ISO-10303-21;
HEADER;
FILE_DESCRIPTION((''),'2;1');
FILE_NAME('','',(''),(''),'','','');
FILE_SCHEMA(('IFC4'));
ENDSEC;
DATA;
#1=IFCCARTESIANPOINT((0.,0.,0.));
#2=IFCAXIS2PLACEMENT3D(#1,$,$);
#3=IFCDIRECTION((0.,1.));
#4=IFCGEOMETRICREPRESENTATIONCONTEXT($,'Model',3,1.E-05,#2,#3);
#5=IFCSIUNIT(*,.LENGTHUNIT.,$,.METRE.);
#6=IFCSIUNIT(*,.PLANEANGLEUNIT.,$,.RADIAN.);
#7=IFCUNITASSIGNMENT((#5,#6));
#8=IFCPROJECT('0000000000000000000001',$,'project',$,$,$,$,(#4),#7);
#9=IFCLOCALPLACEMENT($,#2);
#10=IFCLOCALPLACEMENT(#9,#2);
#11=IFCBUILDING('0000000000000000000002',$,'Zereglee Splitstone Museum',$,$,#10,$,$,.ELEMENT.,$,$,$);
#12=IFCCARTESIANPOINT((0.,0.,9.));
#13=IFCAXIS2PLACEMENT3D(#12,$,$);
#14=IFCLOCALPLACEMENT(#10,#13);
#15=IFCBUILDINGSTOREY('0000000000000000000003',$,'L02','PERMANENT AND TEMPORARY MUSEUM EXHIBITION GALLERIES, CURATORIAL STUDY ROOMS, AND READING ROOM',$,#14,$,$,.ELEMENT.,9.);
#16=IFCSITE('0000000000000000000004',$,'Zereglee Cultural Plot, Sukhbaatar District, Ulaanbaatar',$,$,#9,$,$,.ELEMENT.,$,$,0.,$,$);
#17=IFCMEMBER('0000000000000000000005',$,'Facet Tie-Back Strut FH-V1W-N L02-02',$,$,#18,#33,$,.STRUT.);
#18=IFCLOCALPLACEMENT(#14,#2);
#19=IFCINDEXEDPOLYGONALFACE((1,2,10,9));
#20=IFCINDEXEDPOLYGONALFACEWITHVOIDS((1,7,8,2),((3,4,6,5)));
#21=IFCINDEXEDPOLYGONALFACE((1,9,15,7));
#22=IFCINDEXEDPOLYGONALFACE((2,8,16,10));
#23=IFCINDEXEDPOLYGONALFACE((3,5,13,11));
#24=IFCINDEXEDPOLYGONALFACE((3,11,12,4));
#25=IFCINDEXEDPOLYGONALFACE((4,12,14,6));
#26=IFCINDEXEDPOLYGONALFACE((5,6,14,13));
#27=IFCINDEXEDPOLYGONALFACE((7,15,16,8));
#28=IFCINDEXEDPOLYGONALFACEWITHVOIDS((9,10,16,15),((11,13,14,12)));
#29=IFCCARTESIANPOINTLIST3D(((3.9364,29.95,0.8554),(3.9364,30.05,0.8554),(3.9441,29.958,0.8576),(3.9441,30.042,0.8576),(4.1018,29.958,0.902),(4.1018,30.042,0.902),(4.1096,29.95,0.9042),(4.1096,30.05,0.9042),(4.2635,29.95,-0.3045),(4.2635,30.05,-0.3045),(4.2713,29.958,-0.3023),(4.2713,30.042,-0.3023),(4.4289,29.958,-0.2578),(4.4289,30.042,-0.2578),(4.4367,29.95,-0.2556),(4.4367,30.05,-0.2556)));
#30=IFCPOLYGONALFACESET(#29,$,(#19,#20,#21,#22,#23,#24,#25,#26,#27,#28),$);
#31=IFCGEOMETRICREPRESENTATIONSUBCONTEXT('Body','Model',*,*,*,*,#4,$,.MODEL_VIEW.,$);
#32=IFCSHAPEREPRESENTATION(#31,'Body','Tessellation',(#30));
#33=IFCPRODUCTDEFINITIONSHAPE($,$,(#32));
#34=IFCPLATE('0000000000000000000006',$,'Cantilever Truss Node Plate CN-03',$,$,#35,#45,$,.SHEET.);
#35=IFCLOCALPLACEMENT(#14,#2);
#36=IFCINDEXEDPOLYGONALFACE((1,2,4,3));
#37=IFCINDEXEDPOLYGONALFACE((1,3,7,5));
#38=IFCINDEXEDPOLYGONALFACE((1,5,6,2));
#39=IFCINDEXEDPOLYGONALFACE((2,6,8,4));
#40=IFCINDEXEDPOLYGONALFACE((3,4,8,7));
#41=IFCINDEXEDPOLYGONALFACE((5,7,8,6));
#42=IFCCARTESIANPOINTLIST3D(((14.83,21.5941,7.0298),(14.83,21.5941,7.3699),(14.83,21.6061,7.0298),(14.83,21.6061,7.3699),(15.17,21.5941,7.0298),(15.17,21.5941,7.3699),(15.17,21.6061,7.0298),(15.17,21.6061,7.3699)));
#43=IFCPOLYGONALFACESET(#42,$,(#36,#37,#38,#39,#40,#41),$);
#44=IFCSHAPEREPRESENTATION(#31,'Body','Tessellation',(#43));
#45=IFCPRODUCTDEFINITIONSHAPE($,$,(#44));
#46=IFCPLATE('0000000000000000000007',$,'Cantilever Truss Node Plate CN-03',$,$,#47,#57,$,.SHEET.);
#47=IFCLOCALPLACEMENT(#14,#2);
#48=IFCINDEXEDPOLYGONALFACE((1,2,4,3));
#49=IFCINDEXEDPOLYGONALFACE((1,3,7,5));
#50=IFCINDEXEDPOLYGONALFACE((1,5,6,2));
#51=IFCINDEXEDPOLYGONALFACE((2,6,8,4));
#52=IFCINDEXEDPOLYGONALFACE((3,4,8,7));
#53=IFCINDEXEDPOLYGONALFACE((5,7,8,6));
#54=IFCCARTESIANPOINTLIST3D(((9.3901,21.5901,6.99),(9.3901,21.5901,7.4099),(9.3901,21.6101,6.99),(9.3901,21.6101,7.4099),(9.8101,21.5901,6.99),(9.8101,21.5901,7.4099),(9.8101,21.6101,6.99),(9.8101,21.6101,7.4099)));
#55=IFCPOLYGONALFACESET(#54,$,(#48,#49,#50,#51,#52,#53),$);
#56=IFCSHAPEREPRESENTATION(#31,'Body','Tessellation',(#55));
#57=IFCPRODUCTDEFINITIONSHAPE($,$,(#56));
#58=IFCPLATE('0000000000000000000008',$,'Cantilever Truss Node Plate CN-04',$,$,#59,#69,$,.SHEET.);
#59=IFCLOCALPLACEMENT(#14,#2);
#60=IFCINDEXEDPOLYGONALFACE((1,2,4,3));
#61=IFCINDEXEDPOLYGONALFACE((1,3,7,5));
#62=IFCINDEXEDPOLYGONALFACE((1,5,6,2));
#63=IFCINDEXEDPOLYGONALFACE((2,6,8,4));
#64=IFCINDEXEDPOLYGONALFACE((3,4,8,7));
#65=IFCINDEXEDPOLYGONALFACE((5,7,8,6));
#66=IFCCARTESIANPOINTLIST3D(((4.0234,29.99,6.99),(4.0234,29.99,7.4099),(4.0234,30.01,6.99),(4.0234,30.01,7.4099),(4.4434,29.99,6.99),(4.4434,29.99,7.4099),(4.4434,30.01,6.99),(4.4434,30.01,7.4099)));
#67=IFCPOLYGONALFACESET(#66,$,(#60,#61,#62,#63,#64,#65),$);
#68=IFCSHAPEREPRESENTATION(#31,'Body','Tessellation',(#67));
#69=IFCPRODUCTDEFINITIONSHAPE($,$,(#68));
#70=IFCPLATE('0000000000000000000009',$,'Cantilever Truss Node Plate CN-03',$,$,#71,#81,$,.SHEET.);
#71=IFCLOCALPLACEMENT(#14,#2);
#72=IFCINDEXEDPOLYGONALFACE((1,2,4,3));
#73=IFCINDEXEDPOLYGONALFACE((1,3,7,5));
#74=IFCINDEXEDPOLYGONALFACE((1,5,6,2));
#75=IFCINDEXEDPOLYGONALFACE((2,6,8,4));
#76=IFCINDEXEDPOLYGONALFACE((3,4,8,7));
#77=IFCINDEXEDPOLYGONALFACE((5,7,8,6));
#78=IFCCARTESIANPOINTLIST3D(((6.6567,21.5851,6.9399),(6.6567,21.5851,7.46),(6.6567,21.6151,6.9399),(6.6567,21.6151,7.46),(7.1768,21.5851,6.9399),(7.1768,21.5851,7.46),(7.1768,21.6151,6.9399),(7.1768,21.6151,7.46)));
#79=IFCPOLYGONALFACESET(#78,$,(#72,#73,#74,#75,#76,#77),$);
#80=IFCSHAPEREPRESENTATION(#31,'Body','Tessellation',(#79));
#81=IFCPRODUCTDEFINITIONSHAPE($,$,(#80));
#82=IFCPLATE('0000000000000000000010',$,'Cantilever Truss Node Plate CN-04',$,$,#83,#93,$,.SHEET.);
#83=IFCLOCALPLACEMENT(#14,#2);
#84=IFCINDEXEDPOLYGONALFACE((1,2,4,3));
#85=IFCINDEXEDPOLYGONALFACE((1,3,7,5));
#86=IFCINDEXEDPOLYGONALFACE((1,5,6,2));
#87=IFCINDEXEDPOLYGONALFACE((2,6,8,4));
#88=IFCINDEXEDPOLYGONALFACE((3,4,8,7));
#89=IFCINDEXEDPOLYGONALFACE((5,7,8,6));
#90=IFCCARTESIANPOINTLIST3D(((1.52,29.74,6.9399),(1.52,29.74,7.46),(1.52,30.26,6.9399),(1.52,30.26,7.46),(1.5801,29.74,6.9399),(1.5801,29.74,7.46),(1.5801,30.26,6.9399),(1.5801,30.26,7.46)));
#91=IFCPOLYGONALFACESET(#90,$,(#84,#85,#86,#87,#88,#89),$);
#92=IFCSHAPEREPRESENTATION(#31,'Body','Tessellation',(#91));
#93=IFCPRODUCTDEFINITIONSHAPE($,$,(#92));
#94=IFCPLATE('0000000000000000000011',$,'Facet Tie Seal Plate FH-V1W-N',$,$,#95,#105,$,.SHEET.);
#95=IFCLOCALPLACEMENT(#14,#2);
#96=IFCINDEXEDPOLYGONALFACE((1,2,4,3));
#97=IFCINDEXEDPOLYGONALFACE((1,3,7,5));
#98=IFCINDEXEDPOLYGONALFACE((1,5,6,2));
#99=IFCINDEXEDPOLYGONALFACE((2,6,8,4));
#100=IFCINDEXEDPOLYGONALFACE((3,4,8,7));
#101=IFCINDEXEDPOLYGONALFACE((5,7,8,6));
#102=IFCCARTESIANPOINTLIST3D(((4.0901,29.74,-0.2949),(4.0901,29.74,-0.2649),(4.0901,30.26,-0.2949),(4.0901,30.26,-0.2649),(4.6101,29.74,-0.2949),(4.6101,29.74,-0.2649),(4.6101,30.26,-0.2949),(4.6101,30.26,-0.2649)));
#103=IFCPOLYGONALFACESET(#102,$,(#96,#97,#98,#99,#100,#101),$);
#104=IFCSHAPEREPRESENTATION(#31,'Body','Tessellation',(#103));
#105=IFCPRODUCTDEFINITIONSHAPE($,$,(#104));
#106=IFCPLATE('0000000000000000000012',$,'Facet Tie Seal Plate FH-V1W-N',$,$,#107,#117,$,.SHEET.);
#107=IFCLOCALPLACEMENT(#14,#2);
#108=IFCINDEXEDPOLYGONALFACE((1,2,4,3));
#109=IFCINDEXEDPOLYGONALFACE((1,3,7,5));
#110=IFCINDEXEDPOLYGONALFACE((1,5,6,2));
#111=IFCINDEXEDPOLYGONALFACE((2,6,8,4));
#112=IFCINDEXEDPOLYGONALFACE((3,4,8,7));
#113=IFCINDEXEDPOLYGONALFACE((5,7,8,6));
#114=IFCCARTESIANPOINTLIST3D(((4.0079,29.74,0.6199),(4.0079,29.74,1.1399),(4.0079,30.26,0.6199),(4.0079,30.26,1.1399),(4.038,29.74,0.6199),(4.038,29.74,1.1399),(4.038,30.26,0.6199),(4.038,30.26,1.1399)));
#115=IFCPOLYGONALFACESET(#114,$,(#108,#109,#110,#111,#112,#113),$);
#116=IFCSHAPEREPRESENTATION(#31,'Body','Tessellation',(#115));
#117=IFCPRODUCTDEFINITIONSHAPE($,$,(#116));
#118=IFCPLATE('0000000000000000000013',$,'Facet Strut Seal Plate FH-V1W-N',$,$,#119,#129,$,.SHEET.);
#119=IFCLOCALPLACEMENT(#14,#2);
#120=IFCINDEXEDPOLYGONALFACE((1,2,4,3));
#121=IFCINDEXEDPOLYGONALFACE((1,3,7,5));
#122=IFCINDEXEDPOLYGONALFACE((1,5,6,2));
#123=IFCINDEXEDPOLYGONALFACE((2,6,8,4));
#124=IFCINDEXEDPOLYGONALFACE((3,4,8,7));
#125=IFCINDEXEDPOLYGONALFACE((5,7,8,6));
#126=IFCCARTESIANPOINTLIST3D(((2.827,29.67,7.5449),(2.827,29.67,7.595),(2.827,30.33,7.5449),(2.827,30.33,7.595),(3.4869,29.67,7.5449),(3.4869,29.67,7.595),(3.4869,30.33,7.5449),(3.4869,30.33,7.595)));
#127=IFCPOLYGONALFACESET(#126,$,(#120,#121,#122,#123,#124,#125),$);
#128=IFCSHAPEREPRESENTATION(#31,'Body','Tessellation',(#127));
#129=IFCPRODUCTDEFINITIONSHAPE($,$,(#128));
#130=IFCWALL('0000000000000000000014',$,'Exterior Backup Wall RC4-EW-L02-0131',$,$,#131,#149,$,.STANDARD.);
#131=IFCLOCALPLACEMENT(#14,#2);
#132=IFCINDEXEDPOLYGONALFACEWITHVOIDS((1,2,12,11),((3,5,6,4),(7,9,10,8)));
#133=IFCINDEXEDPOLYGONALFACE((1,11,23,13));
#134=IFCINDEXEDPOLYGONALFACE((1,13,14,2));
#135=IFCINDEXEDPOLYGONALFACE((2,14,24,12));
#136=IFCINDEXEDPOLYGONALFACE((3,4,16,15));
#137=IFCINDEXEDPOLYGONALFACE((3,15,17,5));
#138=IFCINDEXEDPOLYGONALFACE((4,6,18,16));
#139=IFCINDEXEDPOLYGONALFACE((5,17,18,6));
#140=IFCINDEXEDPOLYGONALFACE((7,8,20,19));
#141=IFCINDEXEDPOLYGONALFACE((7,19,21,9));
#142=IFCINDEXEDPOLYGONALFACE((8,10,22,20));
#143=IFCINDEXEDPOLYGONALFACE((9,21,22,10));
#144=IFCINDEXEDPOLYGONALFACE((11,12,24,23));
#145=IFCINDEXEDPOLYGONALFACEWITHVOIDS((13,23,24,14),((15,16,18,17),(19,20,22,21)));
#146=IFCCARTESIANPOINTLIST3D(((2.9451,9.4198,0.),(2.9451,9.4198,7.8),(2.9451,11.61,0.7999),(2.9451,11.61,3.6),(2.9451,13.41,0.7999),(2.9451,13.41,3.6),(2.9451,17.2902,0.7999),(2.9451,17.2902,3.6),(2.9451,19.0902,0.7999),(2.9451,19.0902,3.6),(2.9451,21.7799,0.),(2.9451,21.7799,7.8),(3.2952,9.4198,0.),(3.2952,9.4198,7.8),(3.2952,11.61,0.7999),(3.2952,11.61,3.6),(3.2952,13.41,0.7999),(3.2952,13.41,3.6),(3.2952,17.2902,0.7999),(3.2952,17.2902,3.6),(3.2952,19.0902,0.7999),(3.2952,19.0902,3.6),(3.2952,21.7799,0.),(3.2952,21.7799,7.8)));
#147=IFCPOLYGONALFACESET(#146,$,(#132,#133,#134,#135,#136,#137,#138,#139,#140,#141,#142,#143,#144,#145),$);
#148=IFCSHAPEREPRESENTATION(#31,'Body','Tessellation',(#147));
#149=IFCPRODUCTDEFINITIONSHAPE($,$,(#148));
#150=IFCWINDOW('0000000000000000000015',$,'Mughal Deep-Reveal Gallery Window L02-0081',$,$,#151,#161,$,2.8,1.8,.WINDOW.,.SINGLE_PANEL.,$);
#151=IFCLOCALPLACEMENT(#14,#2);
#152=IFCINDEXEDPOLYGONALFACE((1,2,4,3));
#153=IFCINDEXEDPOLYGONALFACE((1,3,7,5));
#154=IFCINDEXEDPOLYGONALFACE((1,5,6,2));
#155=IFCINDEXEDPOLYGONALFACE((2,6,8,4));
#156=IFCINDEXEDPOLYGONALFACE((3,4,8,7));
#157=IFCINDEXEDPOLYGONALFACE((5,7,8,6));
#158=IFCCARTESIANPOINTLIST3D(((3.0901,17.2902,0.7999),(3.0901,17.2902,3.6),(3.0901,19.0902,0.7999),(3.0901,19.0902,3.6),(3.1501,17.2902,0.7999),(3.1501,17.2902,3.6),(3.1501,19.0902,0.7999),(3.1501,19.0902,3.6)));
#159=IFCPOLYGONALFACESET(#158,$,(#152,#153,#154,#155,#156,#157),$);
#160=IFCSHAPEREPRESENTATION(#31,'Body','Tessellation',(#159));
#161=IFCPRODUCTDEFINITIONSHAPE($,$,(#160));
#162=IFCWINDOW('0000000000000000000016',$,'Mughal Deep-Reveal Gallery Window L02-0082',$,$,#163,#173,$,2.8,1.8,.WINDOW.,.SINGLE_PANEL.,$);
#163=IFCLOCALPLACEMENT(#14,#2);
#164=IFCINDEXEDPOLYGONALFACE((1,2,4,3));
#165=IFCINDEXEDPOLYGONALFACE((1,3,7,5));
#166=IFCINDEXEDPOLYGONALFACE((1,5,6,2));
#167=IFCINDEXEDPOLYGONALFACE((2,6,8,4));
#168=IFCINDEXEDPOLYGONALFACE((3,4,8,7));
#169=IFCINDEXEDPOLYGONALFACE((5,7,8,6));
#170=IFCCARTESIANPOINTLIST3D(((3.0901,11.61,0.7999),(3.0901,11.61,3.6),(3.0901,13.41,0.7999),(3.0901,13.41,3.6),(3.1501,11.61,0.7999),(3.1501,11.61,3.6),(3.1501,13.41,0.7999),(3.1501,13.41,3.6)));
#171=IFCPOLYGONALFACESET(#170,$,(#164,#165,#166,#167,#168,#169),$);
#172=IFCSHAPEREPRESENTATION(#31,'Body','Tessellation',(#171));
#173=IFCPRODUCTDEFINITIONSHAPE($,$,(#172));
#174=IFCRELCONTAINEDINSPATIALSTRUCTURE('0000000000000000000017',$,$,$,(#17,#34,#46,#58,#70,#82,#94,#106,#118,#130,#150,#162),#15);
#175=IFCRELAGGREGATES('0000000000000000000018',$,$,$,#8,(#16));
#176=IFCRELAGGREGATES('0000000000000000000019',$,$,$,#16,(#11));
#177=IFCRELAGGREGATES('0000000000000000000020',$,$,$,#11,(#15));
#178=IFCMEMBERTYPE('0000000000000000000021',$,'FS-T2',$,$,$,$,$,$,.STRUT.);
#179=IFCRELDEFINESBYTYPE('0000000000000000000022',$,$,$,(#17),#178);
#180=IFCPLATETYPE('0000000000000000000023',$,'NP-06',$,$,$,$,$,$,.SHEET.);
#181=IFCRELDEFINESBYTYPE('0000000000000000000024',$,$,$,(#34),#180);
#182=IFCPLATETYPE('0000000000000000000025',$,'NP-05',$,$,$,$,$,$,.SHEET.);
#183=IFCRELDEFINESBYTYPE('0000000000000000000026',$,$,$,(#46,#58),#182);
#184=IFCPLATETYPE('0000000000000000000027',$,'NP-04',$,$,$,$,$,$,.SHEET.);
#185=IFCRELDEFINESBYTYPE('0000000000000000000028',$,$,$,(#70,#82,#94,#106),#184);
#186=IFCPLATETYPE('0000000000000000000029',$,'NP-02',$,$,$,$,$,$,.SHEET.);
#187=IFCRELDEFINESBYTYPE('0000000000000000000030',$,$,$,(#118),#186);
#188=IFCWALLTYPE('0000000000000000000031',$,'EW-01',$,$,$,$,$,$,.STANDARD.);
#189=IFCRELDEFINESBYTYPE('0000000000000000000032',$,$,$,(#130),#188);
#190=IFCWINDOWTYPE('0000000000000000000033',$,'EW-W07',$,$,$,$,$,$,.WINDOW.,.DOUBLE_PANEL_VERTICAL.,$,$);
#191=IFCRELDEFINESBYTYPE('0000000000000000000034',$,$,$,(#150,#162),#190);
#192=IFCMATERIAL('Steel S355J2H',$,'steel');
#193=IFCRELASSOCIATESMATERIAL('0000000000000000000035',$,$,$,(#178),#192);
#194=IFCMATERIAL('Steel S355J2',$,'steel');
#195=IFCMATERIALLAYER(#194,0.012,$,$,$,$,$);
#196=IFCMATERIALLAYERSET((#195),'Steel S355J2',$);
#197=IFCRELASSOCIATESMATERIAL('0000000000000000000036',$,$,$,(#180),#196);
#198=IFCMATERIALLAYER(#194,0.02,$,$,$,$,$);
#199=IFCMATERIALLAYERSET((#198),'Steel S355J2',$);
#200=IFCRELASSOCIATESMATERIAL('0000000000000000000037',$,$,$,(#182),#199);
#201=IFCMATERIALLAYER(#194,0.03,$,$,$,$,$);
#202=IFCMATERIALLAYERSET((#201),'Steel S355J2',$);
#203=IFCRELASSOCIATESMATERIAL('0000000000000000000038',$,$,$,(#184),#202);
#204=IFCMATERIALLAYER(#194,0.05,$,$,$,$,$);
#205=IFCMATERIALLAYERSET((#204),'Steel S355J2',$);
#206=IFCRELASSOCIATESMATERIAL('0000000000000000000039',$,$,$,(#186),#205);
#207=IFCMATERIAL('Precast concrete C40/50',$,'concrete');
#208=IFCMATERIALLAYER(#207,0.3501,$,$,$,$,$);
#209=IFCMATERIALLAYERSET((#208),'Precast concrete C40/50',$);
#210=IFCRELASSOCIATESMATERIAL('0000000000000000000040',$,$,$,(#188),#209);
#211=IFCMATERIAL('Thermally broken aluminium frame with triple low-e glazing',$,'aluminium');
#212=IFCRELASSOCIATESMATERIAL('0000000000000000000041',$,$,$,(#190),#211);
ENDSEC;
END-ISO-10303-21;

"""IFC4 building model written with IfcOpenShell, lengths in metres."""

from ifc_helpers import new_model, si_unit, direction, frame, frame_2d, origin, origin_2d, place, context, subcontext, project, spatial, rectangle, hollow_rectangle, extrude, material, layer, layer_set, material_profile, profile_set, type_object, element, fill, save


model = new_model("IFC4")

# Units and contexts
model_context = context("Model", 3, precision=1e-05, world=origin(), true_north=direction((0.0, 1.0)))
body_context = subcontext(model_context, "Body", "Model", "MODEL_VIEW")
ifc_project = project(units=[si_unit("LENGTHUNIT", "METRE"), si_unit("PLANEANGLEUNIT", "RADIAN")], contexts=[model_context])

# Site, building, storey
site_placement = place(None, origin())
site = spatial("IfcSite", under=ifc_project, at=site_placement, Name="Zereglee Cultural Plot, Sukhbaatar District, Ulaanbaatar", CompositionType="ELEMENT", RefElevation=0.0)
building_placement = place(site_placement, origin())
building = spatial("IfcBuilding", under=site, at=building_placement, Name="Zereglee Splitstone Museum", CompositionType="ELEMENT")
storey_placement = place(building_placement, frame((0.0, 0.0, 9.0)))
storey = spatial("IfcBuildingStorey", under=building, at=storey_placement, Name="L02", Description="PERMANENT AND TEMPORARY MUSEUM EXHIBITION GALLERIES, CURATORIAL STUDY ROOMS, AND READING ROOM", CompositionType="ELEMENT", Elevation=9.0)

# Shared definitions
ifc_material_1 = material(Name="Steel S355J2H", Category="steel")

# Shared definitions
ifc_material_2 = material(Name="Steel S355J2", Category="steel")

# Member
ifc_material_profile_1 = material_profile(ifc_material_1, hollow_rectangle(XDim=0.1001, YDim=0.1799, WallThickness=0.0081, at=origin_2d()), Name="RHS 180x100x8")
ifc_profile_set_1 = profile_set([ifc_material_profile_1], Name="Steel S355J2H")
member_type_1 = type_object("IfcMemberType", Name="FS-T2", PredefinedType="STRUT", material=ifc_profile_set_1)
member_1_placement = place(storey_placement, frame((4.3501, 30.0, -0.28), z_axis=(-0.271455, 0.0, 0.962451), x_axis=(0.0, -1.0, 0.0)))
element("IfcMember", 1, at=member_1_placement, inside=storey, type_object=member_type_1, Name="Facet Tie-Back Strut FH-V1W-N L02-02", PredefinedType="STRUT", context=body_context, shape_type="SweptSolid", body=[
    extrude(hollow_rectangle(XDim=0.1001, YDim=0.1799, WallThickness=0.0081, at=origin_2d()), origin(), (0.0, 0.0, 1.0), 1.2051),
])

# Plates
ifc_layer_1 = layer(ifc_material_2, 0.012)
ifc_layer_set_1 = layer_set([ifc_layer_1], Name="Steel S355J2")
plate_type_1 = type_object("IfcPlateType", Name="NP-06", PredefinedType="SHEET", material=ifc_layer_set_1)
plate_1_placement = place(storey_placement, frame((15.0, 21.6001, 7.0298), z_axis=(0.0, 0.0, 1.0), x_axis=(1.0, 0.0, 0.0)))
element("IfcPlate", 2, at=plate_1_placement, inside=storey, type_object=plate_type_1, Name="Cantilever Truss Node Plate CN-03", PredefinedType="SHEET", context=body_context, shape_type="SweptSolid", body=[
    extrude(rectangle(XDim=0.3401, YDim=0.012, at=origin_2d()), origin(), (0.0, 0.0, 1.0), 0.3401),
])
ifc_layer_2 = layer(ifc_material_2, 0.02)
ifc_layer_set_2 = layer_set([ifc_layer_2], Name="Steel S355J2")
plate_type_2 = type_object("IfcPlateType", Name="NP-05", PredefinedType="SHEET", material=ifc_layer_set_2)
for number, where, z_axis, x_axis, name in (
    (3, (9.6001, 21.6001, 6.99), (0.0, 0.0, 1.0), (1.0, 0.0, 0.0), "Cantilever Truss Node Plate CN-03"),
    (4, (4.2334, 30.0, 6.99), (0.0, 0.0, 1.0), (1.0, 0.0, 0.0), "Cantilever Truss Node Plate CN-04"),
):
    element("IfcPlate", number, at=place(storey_placement, frame(where, z_axis=z_axis, x_axis=x_axis)), inside=storey, type_object=plate_type_2, Name=name, PredefinedType="SHEET", context=body_context, shape_type="SweptSolid", body=[
        extrude(rectangle(XDim=0.4199, YDim=0.02, at=origin_2d()), origin(), (0.0, 0.0, 1.0), 0.4199),
    ])
ifc_layer_3 = layer(ifc_material_2, 0.03)
ifc_layer_set_3 = layer_set([ifc_layer_3], Name="Steel S355J2")
plate_type_3 = type_object("IfcPlateType", Name="NP-04", PredefinedType="SHEET", material=ifc_layer_set_3)
plate_2_placement = place(storey_placement, frame((6.9167, 21.6001, 6.9399), z_axis=(0.0, 0.0, 1.0), x_axis=(1.0, 0.0, 0.0)))
element("IfcPlate", 5, at=plate_2_placement, inside=storey, type_object=plate_type_3, Name="Cantilever Truss Node Plate CN-03", PredefinedType="SHEET", context=body_context, shape_type="SweptSolid", body=[
    extrude(rectangle(XDim=0.52, YDim=0.03, at=origin_2d()), origin(), (0.0, 0.0, 1.0), 0.52),
])
plate_3_placement = place(storey_placement, frame((1.55, 30.0, 6.9399), z_axis=(0.0, 0.0, 1.0), x_axis=(1.0, 0.0, 0.0)))
element("IfcPlate", 6, at=plate_3_placement, inside=storey, type_object=plate_type_3, Name="Cantilever Truss Node Plate CN-04", PredefinedType="SHEET", context=body_context, shape_type="SweptSolid", body=[
    extrude(rectangle(XDim=0.0601, YDim=0.52, at=origin_2d()), origin(), (0.0, 0.0, 1.0), 0.52),
])
plate_4_placement = place(storey_placement, frame((4.3501, 30.0, -0.2949), z_axis=(0.0, 0.0, 1.0), x_axis=(1.0, 0.0, 0.0)))
element("IfcPlate", 7, at=plate_4_placement, inside=storey, type_object=plate_type_3, Name="Facet Tie Seal Plate FH-V1W-N", PredefinedType="SHEET", context=body_context, shape_type="SweptSolid", body=[
    extrude(rectangle(XDim=0.52, YDim=0.52, at=origin_2d()), origin(), (0.0, 0.0, 1.0), 0.03),
])
plate_5_placement = place(storey_placement, frame((4.0229, 30.0, 0.6199), z_axis=(0.0, 0.0, 1.0), x_axis=(1.0, 0.0, 0.0)))
element("IfcPlate", 8, at=plate_5_placement, inside=storey, type_object=plate_type_3, Name="Facet Tie Seal Plate FH-V1W-N", PredefinedType="SHEET", context=body_context, shape_type="SweptSolid", body=[
    extrude(rectangle(XDim=0.03, YDim=0.52, at=origin_2d()), origin(), (0.0, 0.0, 1.0), 0.52),
])
ifc_layer_4 = layer(ifc_material_2, 0.05)
ifc_layer_set_4 = layer_set([ifc_layer_4], Name="Steel S355J2")
plate_type_4 = type_object("IfcPlateType", Name="NP-02", PredefinedType="SHEET", material=ifc_layer_set_4)
plate_6_placement = place(storey_placement, frame((3.157, 30.0, 7.5449), z_axis=(0.0, 0.0, 1.0), x_axis=(1.0, 0.0, 0.0)))
element("IfcPlate", 9, at=plate_6_placement, inside=storey, type_object=plate_type_4, Name="Facet Strut Seal Plate FH-V1W-N", PredefinedType="SHEET", context=body_context, shape_type="SweptSolid", body=[
    extrude(rectangle(XDim=0.6599, YDim=0.6599, at=origin_2d()), origin(), (0.0, 0.0, 1.0), 0.05),
])

# Wall, openings, windows
ifc_material_3 = material(Name="Precast concrete C40/50", Category="concrete")
ifc_layer_5 = layer(ifc_material_3, 0.3501)
ifc_layer_set_5 = layer_set([ifc_layer_5], Name="Precast concrete C40/50")
wall_type_1 = type_object("IfcWallType", Name="EW-01", PredefinedType="STANDARD", material=ifc_layer_set_5)
wall_1_placement = place(storey_placement, frame((3.1201, 21.78, 0.0), z_axis=(0.0, 0.0, 1.0), x_axis=(0.0, -1.0, 0.0)))
wall_1 = element("IfcWall", 10, at=wall_1_placement, inside=storey, type_object=wall_type_1, Name="Exterior Backup Wall RC4-EW-L02-0131", PredefinedType="STANDARD", context=body_context, shape_type="SweptSolid", body=[
    extrude(rectangle(XDim=12.3601, YDim=0.3501, at=frame_2d((6.1802, 0.0))), origin(), (0.0, 0.0, 1.0), 7.8),
])
opening_1_placement = place(wall_1_placement, frame((2.6899, 0.0, 0.8)))
opening_1 = element("IfcOpeningElement", 11, at=opening_1_placement, cuts=wall_1, PredefinedType="OPENING", context=body_context, shape_type="SweptSolid", body=[
    extrude(rectangle(XDim=1.8, YDim=2.8, at=frame_2d((0.8999, 1.3999))), frame((0.0, 0.1899, 0.0), z_axis=(0.0, -1.0, 0.0), x_axis=(1.0, 0.0, 0.0)), (0.0, 0.0, 1.0), 0.3799),
])
opening_2_placement = place(wall_1_placement, frame((8.3701, 0.0, 0.8)))
opening_2 = element("IfcOpeningElement", 12, at=opening_2_placement, cuts=wall_1, PredefinedType="OPENING", context=body_context, shape_type="SweptSolid", body=[
    extrude(rectangle(XDim=1.8, YDim=2.8, at=frame_2d((0.8999, 1.3999))), frame((0.0, 0.1899, 0.0), z_axis=(0.0, -1.0, 0.0), x_axis=(1.0, 0.0, 0.0)), (0.0, 0.0, 1.0), 0.3799),
])
ifc_material_4 = material(Name="Thermally broken aluminium frame with triple low-e glazing", Category="aluminium")
window_type = type_object("IfcWindowType", Name="EW-W07", PartitioningType="DOUBLE_PANEL_VERTICAL", PredefinedType="WINDOW", material=ifc_material_4)
window_1_placement = place(opening_1_placement, origin())
window_1 = element("IfcWindow", 13, at=window_1_placement, inside=storey, type_object=window_type, Name="Mughal Deep-Reveal Gallery Window L02-0081", OverallHeight=2.8, OverallWidth=1.8, PartitioningType="SINGLE_PANEL", PredefinedType="WINDOW", context=body_context, shape_type="SweptSolid", body=[
    extrude(rectangle(XDim=1.8, YDim=2.8, at=frame_2d((0.8999, 1.3999))), frame((0.0, 0.03, 0.0), z_axis=(0.0, -1.0, 0.0), x_axis=(1.0, 0.0, 0.0)), (0.0, 0.0, 1.0), 0.0601),
])
fill(opening_1, window_1)
window_2_placement = place(opening_2_placement, origin())
window_2 = element("IfcWindow", 14, at=window_2_placement, inside=storey, type_object=window_type, Name="Mughal Deep-Reveal Gallery Window L02-0082", OverallHeight=2.8, OverallWidth=1.8, PartitioningType="SINGLE_PANEL", PredefinedType="WINDOW", context=body_context, shape_type="SweptSolid", body=[
    extrude(rectangle(XDim=1.8, YDim=2.8, at=frame_2d((0.8999, 1.3999))), frame((0.0, 0.03, 0.0), z_axis=(0.0, -1.0, 0.0), x_axis=(1.0, 0.0, 0.0)), (0.0, 0.0, 1.0), 0.0601),
])
fill(opening_2, window_2)

save(model, "model.ifc")
